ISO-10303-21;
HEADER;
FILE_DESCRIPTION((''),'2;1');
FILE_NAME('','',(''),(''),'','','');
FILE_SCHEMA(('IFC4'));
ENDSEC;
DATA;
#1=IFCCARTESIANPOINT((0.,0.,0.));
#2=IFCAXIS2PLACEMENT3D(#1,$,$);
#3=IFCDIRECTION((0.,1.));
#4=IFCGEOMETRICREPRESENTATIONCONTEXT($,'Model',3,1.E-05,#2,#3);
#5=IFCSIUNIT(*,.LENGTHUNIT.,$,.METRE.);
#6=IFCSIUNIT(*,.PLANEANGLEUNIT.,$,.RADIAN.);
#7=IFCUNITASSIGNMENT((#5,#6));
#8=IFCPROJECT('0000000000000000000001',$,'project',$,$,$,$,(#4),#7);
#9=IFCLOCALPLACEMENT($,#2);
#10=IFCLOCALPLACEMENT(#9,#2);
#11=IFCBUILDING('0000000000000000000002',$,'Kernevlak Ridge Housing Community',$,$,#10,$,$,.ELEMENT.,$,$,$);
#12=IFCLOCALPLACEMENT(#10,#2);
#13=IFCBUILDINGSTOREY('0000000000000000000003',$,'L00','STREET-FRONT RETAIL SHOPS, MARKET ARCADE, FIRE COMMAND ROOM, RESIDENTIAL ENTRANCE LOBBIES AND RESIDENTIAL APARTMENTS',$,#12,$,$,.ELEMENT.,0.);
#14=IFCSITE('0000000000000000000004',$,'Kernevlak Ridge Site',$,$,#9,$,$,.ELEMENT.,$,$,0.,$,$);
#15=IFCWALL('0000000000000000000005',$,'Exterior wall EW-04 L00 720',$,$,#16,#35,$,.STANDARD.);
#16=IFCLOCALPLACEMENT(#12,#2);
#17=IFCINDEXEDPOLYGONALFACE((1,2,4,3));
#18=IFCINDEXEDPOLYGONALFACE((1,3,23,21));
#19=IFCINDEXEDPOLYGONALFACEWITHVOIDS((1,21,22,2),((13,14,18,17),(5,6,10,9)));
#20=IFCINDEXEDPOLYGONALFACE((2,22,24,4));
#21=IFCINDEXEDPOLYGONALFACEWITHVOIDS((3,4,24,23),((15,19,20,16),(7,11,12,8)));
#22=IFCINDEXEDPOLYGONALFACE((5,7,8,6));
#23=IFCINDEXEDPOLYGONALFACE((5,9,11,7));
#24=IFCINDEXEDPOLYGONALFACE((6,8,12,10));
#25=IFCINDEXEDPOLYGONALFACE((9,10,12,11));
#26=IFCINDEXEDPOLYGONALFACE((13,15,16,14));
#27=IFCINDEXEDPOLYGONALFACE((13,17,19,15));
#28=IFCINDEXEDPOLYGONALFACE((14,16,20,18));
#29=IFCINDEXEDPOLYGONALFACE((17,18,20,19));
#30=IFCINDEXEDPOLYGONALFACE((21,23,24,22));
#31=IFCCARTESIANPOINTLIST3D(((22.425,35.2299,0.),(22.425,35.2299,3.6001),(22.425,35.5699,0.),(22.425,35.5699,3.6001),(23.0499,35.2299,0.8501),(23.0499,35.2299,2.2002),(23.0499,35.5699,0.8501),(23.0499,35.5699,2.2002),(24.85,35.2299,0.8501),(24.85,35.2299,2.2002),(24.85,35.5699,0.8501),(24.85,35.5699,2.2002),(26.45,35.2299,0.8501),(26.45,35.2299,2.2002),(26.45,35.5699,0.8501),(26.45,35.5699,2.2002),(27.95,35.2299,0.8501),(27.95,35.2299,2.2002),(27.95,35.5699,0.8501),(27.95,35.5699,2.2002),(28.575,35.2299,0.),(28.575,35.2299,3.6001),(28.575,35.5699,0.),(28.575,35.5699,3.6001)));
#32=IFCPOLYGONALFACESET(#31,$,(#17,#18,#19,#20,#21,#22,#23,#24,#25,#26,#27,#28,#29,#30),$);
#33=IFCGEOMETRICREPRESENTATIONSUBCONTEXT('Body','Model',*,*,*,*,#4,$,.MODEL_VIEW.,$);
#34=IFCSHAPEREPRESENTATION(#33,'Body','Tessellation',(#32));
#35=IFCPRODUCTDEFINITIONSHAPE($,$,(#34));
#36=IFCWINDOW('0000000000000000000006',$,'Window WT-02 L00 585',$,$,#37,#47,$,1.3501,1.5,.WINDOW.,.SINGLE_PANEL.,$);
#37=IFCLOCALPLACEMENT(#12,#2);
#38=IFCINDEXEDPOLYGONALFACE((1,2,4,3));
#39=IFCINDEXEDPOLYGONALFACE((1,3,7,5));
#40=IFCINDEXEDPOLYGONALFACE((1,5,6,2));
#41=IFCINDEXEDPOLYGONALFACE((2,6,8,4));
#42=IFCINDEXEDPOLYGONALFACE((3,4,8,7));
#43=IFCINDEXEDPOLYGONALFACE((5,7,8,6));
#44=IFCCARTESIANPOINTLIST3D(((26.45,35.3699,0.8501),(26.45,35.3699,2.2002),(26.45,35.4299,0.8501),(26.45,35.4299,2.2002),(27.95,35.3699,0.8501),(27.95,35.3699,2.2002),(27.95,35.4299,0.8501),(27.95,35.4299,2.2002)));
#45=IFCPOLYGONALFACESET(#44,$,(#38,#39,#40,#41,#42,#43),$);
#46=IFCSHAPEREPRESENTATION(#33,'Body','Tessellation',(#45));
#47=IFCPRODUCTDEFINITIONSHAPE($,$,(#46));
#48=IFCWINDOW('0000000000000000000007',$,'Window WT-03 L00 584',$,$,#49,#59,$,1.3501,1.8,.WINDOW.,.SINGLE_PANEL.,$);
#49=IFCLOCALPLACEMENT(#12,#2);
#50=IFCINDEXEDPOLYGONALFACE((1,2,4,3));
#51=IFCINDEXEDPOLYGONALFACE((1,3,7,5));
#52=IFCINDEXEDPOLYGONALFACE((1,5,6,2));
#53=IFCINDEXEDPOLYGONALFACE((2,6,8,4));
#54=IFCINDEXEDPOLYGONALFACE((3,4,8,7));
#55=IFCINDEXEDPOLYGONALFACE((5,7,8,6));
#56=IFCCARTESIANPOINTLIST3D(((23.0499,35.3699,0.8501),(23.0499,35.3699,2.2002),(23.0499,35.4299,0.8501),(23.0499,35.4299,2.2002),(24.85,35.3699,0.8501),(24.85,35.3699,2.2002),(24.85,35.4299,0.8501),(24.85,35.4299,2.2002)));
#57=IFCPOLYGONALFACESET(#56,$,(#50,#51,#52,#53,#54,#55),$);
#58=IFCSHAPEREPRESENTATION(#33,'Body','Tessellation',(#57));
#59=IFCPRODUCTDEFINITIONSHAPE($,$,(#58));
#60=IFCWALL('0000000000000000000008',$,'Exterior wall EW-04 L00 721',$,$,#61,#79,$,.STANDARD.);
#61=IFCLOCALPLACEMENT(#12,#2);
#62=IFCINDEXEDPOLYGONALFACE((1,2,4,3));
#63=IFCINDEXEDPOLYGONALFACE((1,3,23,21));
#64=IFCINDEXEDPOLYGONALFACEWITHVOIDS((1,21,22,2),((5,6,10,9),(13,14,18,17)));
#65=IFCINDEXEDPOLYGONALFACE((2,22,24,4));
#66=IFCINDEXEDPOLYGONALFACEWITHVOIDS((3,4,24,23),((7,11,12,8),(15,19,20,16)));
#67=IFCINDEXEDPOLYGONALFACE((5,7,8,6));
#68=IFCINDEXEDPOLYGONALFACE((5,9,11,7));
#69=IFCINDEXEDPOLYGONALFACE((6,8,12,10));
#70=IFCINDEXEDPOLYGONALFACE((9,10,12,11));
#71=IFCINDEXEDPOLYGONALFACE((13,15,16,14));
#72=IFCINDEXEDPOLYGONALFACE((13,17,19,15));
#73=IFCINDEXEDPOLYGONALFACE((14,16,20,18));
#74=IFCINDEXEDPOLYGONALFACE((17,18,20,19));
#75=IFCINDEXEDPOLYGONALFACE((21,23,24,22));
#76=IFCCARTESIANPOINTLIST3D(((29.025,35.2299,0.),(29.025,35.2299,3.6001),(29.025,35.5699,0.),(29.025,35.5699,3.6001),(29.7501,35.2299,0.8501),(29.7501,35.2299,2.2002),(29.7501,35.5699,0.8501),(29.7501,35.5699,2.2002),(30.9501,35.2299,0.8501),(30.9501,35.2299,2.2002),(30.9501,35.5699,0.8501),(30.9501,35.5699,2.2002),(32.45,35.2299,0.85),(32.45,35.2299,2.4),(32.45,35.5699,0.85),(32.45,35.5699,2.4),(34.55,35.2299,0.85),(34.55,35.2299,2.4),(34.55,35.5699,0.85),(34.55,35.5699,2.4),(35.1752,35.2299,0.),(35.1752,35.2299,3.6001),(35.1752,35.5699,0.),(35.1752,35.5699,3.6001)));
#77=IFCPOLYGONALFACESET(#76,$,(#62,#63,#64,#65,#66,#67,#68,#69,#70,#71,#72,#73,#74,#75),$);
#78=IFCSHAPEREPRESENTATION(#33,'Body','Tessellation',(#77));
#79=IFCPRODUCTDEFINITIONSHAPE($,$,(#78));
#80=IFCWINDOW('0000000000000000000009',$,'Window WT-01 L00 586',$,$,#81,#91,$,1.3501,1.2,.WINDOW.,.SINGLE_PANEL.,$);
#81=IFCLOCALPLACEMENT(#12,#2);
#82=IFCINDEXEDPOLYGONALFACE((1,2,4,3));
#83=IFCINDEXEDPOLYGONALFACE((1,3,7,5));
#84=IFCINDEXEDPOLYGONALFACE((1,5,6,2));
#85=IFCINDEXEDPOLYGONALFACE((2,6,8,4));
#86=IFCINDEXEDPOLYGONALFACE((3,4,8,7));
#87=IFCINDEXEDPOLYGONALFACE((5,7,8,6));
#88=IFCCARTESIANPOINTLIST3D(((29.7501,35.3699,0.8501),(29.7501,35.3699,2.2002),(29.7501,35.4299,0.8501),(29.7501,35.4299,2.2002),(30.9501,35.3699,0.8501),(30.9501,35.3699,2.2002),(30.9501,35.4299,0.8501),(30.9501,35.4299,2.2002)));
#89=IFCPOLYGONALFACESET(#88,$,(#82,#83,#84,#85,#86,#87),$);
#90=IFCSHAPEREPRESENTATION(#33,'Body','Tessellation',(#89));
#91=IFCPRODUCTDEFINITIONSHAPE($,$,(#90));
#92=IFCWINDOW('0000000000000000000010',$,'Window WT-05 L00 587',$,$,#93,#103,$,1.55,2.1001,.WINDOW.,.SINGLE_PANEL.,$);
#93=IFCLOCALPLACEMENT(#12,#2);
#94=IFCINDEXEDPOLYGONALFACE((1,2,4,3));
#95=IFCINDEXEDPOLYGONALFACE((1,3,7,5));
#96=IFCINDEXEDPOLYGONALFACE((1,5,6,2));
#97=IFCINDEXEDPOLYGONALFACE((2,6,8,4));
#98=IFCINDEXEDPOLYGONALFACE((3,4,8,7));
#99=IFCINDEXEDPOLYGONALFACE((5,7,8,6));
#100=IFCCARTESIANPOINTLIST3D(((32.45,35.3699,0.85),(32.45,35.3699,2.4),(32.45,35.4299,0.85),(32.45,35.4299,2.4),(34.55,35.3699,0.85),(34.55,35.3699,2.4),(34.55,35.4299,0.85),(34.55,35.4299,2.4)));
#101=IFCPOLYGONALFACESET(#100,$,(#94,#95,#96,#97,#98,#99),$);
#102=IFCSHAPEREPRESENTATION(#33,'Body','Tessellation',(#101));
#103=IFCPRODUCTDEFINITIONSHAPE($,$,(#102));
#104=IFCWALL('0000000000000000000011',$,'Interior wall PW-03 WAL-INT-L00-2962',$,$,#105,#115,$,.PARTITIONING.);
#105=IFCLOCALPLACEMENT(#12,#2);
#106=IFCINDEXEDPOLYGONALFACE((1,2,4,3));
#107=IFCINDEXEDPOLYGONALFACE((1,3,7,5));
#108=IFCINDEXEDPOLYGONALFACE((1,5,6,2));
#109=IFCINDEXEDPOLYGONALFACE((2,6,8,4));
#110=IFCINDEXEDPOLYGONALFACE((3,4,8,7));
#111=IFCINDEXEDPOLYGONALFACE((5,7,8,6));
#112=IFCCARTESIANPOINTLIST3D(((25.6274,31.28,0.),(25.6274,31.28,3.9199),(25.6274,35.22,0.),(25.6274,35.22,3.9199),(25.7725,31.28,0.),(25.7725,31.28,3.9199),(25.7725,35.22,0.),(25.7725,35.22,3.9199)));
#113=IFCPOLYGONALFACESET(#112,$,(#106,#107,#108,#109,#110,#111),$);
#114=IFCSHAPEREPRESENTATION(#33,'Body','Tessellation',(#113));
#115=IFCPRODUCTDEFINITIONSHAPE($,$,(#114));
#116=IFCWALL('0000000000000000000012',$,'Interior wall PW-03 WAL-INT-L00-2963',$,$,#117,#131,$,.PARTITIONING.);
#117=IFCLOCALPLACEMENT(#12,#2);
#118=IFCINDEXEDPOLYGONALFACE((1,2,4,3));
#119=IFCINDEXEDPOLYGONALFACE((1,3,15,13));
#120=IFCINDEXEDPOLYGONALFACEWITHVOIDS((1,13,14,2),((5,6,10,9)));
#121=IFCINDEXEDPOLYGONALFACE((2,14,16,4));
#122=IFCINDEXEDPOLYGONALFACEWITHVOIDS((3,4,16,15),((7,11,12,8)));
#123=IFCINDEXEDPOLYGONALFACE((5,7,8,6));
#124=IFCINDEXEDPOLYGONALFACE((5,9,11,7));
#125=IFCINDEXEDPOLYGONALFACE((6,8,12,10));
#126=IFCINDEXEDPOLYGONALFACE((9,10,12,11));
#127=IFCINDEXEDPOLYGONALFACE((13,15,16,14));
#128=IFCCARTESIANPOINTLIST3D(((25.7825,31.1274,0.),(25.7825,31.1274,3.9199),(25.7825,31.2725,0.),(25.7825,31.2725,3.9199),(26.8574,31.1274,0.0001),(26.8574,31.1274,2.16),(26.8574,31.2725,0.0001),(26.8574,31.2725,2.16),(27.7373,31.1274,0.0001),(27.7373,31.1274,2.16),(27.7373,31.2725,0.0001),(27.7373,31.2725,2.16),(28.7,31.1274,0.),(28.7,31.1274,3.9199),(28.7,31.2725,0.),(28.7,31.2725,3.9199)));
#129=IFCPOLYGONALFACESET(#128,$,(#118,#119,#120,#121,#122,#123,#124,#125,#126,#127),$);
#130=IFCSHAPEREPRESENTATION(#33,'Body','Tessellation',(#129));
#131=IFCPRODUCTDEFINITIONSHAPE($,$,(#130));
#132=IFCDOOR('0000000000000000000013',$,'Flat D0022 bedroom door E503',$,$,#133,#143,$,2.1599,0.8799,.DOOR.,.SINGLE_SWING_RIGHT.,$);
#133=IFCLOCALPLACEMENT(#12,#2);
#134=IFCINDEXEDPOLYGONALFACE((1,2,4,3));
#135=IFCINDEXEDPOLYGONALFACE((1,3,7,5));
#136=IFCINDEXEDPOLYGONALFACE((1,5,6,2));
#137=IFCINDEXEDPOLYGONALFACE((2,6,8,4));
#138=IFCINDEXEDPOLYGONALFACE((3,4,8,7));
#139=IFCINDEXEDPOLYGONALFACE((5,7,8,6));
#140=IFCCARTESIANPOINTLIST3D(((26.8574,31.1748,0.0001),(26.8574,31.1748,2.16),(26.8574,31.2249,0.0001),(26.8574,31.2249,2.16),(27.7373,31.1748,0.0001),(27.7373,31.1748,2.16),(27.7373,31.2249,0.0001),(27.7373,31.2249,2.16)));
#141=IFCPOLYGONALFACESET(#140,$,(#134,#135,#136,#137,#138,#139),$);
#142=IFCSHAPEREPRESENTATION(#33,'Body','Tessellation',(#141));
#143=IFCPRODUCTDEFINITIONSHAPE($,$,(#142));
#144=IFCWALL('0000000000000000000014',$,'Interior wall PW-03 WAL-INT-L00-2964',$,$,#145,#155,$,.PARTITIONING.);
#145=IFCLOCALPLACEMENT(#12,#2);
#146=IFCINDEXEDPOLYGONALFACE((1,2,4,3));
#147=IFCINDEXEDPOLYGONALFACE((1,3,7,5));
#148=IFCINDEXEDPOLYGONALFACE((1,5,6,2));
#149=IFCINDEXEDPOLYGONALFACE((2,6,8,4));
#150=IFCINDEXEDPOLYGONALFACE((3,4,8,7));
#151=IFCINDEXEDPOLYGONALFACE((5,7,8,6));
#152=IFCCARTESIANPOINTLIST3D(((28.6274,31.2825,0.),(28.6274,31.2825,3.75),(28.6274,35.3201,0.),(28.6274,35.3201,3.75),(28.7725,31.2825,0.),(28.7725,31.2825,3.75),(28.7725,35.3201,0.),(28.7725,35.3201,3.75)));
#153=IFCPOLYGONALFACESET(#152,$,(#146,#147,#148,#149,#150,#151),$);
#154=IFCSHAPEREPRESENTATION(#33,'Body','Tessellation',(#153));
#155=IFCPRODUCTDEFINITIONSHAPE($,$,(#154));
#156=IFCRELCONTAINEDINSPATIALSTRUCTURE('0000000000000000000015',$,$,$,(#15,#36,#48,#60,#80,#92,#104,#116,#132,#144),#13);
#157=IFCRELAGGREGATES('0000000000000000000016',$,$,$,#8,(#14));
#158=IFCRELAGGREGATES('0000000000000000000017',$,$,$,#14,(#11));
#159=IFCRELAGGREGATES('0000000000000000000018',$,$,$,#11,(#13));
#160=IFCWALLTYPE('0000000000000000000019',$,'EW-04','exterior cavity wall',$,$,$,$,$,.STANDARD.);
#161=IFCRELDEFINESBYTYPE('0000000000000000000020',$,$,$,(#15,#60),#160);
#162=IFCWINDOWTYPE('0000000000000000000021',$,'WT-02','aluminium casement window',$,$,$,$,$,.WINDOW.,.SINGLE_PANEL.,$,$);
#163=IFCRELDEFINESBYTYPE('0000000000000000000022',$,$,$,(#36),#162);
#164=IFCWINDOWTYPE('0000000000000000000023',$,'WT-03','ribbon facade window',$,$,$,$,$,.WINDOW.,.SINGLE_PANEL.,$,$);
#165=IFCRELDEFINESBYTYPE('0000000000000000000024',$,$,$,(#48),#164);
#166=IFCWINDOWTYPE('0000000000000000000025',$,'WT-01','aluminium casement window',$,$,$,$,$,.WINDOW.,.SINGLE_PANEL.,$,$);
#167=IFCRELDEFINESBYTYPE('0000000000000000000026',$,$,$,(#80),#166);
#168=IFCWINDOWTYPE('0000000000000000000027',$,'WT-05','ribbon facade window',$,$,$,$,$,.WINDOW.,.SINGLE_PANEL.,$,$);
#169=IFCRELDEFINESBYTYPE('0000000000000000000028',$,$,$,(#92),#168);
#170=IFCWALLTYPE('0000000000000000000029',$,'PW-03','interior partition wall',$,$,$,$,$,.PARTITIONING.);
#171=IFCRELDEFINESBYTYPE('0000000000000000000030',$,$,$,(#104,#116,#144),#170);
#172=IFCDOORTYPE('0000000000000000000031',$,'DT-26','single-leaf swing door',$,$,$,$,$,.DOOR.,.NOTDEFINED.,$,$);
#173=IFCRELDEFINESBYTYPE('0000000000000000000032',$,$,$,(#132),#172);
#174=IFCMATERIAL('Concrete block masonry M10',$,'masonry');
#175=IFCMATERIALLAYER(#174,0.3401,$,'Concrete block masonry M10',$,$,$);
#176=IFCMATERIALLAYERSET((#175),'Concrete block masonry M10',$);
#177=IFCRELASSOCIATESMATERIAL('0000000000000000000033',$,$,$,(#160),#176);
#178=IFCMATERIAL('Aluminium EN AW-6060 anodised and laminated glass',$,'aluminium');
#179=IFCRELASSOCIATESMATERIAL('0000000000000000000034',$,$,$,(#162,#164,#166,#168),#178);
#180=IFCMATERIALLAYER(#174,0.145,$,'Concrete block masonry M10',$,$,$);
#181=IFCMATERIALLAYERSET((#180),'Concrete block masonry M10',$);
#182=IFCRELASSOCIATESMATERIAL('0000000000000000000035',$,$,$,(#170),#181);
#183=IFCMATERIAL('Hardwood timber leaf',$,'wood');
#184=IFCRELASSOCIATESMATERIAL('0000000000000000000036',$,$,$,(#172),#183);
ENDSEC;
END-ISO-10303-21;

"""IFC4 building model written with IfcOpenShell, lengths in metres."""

from ifc_helpers import new_model, si_unit, direction, frame, frame_2d, origin, place, context, subcontext, project, spatial, rectangle, extrude, material, layer, layer_set, type_object, element, fill, save


model = new_model("IFC4")

# Units and contexts
model_context = context("Model", 3, precision=1e-05, world=origin(), true_north=direction((0.0, 1.0)))
body_context = subcontext(model_context, "Body", "Model", "MODEL_VIEW")
ifc_project = project(units=[si_unit("LENGTHUNIT", "METRE"), si_unit("PLANEANGLEUNIT", "RADIAN")], contexts=[model_context])

# Site, building, storey
site_placement = place(None, origin())
site = spatial("IfcSite", under=ifc_project, at=site_placement, Name="Kernevlak Ridge Site", CompositionType="ELEMENT", RefElevation=0.0)
building_placement = place(site_placement, origin())
building = spatial("IfcBuilding", under=site, at=building_placement, Name="Kernevlak Ridge Housing Community", CompositionType="ELEMENT")
storey_placement = place(building_placement, origin())
storey = spatial("IfcBuildingStorey", under=building, at=storey_placement, Name="L00", Description="STREET-FRONT RETAIL SHOPS, MARKET ARCADE, FIRE COMMAND ROOM, RESIDENTIAL ENTRANCE LOBBIES AND RESIDENTIAL APARTMENTS", CompositionType="ELEMENT", Elevation=0.0)

# Walls, openings, windows
ifc_material_1 = material(Name="Concrete block masonry M10", Category="masonry")
ifc_layer_1 = layer(ifc_material_1, 0.3401, Name="Concrete block masonry M10")
ifc_layer_set_1 = layer_set([ifc_layer_1], Name="Concrete block masonry M10")
wall_type_1 = type_object("IfcWallType", Name="EW-04", Description="exterior cavity wall", PredefinedType="STANDARD", material=ifc_layer_set_1)
wall_1_placement = place(storey_placement, frame((22.425, 35.3999, 0.0), z_axis=(0.0, 0.0, 1.0), x_axis=(1.0, 0.0, 0.0)))
wall_1 = element("IfcWall", 1, at=wall_1_placement, inside=storey, type_object=wall_type_1, Name="Exterior wall EW-04 L00 720", PredefinedType="STANDARD", context=body_context, shape_type="SweptSolid", body=[
    extrude(rectangle(XDim=6.1499, YDim=0.3401, at=frame_2d((3.075, 0.0))), origin(), (0.0, 0.0, 1.0), 3.6001),
])
opening_1_placement = place(wall_1_placement, frame((0.625, 0.0, 0.8501)))
opening_1 = element("IfcOpeningElement", 2, at=opening_1_placement, cuts=wall_1, PredefinedType="OPENING", context=body_context, shape_type="SweptSolid", body=[
    extrude(rectangle(XDim=1.8, YDim=1.3501, at=frame_2d((0.8999, 0.675))), frame((0.0, 0.1799, 0.0), z_axis=(0.0, -1.0, 0.0), x_axis=(1.0, 0.0, 0.0)), (0.0, 0.0, 1.0), 0.3601),
])
opening_2_placement = place(wall_1_placement, frame((4.0249, 0.0, 0.8501)))
opening_2 = element("IfcOpeningElement", 3, at=opening_2_placement, cuts=wall_1, PredefinedType="OPENING", context=body_context, shape_type="SweptSolid", body=[
    extrude(rectangle(XDim=1.5, YDim=1.3501, at=frame_2d((0.75, 0.675))), frame((0.0, 0.1799, 0.0), z_axis=(0.0, -1.0, 0.0), x_axis=(1.0, 0.0, 0.0)), (0.0, 0.0, 1.0), 0.3601),
])
ifc_material_2 = material(Name="Aluminium EN AW-6060 anodised and laminated glass", Category="aluminium")
window_type_1 = type_object("IfcWindowType", Name="WT-02", Description="aluminium casement window", PartitioningType="SINGLE_PANEL", PredefinedType="WINDOW", material=ifc_material_2)
window_1_placement = place(opening_2_placement, origin())
window_1 = element("IfcWindow", 4, at=window_1_placement, inside=storey, type_object=window_type_1, Name="Window WT-02 L00 585", OverallHeight=1.3501, OverallWidth=1.5, PartitioningType="SINGLE_PANEL", PredefinedType="WINDOW", context=body_context, shape_type="SweptSolid", body=[
    extrude(rectangle(XDim=1.5, YDim=1.3501, at=frame_2d((0.75, 0.675))), frame((0.0, 0.03, 0.0), z_axis=(0.0, -1.0, 0.0), x_axis=(1.0, 0.0, 0.0)), (0.0, 0.0, 1.0), 0.0601),
])
fill(opening_2, window_1)
window_type_2 = type_object("IfcWindowType", Name="WT-03", Description="ribbon facade window", PartitioningType="SINGLE_PANEL", PredefinedType="WINDOW", material=ifc_material_2)
window_2_placement = place(opening_1_placement, origin())
window_2 = element("IfcWindow", 5, at=window_2_placement, inside=storey, type_object=window_type_2, Name="Window WT-03 L00 584", OverallHeight=1.3501, OverallWidth=1.8, PartitioningType="SINGLE_PANEL", PredefinedType="WINDOW", context=body_context, shape_type="SweptSolid", body=[
    extrude(rectangle(XDim=1.8, YDim=1.3501, at=frame_2d((0.8999, 0.675))), frame((0.0, 0.03, 0.0), z_axis=(0.0, -1.0, 0.0), x_axis=(1.0, 0.0, 0.0)), (0.0, 0.0, 1.0), 0.0601),
])
fill(opening_1, window_2)
wall_2_placement = place(storey_placement, frame((29.0249, 35.3999, 0.0), z_axis=(0.0, 0.0, 1.0), x_axis=(1.0, 0.0, 0.0)))
wall_2 = element("IfcWall", 6, at=wall_2_placement, inside=storey, type_object=wall_type_1, Name="Exterior wall EW-04 L00 721", PredefinedType="STANDARD", context=body_context, shape_type="SweptSolid", body=[
    extrude(rectangle(XDim=6.1501, YDim=0.3401, at=frame_2d((3.0752, 0.0))), origin(), (0.0, 0.0, 1.0), 3.6001),
])
opening_3_placement = place(wall_2_placement, frame((0.7251, 0.0, 0.8501)))
opening_3 = element("IfcOpeningElement", 7, at=opening_3_placement, cuts=wall_2, PredefinedType="OPENING", context=body_context, shape_type="SweptSolid", body=[
    extrude(rectangle(XDim=1.2, YDim=1.3501, at=frame_2d((0.6001, 0.675))), frame((0.0, 0.1799, 0.0), z_axis=(0.0, -1.0, 0.0), x_axis=(1.0, 0.0, 0.0)), (0.0, 0.0, 1.0), 0.3601),
])
opening_4_placement = place(wall_2_placement, frame((3.425, 0.0, 0.8501)))
opening_4 = element("IfcOpeningElement", 8, at=opening_4_placement, cuts=wall_2, PredefinedType="OPENING", context=body_context, shape_type="SweptSolid", body=[
    extrude(rectangle(XDim=2.1001, YDim=1.55, at=frame_2d((1.05, 0.7749))), frame((0.0, 0.1799, 0.0), z_axis=(0.0, -1.0, 0.0), x_axis=(1.0, 0.0, 0.0)), (0.0, 0.0, 1.0), 0.3601),
])
window_type_3 = type_object("IfcWindowType", Name="WT-01", Description="aluminium casement window", PartitioningType="SINGLE_PANEL", PredefinedType="WINDOW", material=ifc_material_2)
window_3_placement = place(opening_3_placement, origin())
window_3 = element("IfcWindow", 9, at=window_3_placement, inside=storey, type_object=window_type_3, Name="Window WT-01 L00 586", OverallHeight=1.3501, OverallWidth=1.2, PartitioningType="SINGLE_PANEL", PredefinedType="WINDOW", context=body_context, shape_type="SweptSolid", body=[
    extrude(rectangle(XDim=1.2, YDim=1.3501, at=frame_2d((0.6001, 0.675))), frame((0.0, 0.03, 0.0), z_axis=(0.0, -1.0, 0.0), x_axis=(1.0, 0.0, 0.0)), (0.0, 0.0, 1.0), 0.0601),
])
fill(opening_3, window_3)
window_type_4 = type_object("IfcWindowType", Name="WT-05", Description="ribbon facade window", PartitioningType="SINGLE_PANEL", PredefinedType="WINDOW", material=ifc_material_2)
window_4_placement = place(opening_4_placement, origin())
window_4 = element("IfcWindow", 10, at=window_4_placement, inside=storey, type_object=window_type_4, Name="Window WT-05 L00 587", OverallHeight=1.55, OverallWidth=2.1001, PartitioningType="SINGLE_PANEL", PredefinedType="WINDOW", context=body_context, shape_type="SweptSolid", body=[
    extrude(rectangle(XDim=2.1001, YDim=1.55, at=frame_2d((1.05, 0.7749))), frame((0.0, 0.03, 0.0), z_axis=(0.0, -1.0, 0.0), x_axis=(1.0, 0.0, 0.0)), (0.0, 0.0, 1.0), 0.0601),
])
fill(opening_4, window_4)

# Wall
ifc_layer_2 = layer(ifc_material_1, 0.145, Name="Concrete block masonry M10")
ifc_layer_set_2 = layer_set([ifc_layer_2], Name="Concrete block masonry M10")
wall_type_2 = type_object("IfcWallType", Name="PW-03", Description="interior partition wall", PredefinedType="PARTITIONING", material=ifc_layer_set_2)
wall_3_placement = place(storey_placement, frame((25.7, 31.28, 0.0), z_axis=(0.0, 0.0, 1.0), x_axis=(0.0, 1.0, 0.0)))
element("IfcWall", 11, at=wall_3_placement, inside=storey, type_object=wall_type_2, Name="Interior wall PW-03 WAL-INT-L00-2962", PredefinedType="PARTITIONING", context=body_context, shape_type="SweptSolid", body=[
    extrude(rectangle(XDim=3.9399, YDim=0.145, at=frame_2d((1.97, 0.0))), origin(), (0.0, 0.0, 1.0), 3.9199),
])

# Wall, opening, door
wall_4_placement = place(storey_placement, frame((25.7825, 31.2, 0.0), z_axis=(0.0, 0.0, 1.0), x_axis=(1.0, 0.0, 0.0)))
wall_4 = element("IfcWall", 12, at=wall_4_placement, inside=storey, type_object=wall_type_2, Name="Interior wall PW-03 WAL-INT-L00-2963", PredefinedType="PARTITIONING", context=body_context, shape_type="SweptSolid", body=[
    extrude(rectangle(XDim=2.9175, YDim=0.145, at=frame_2d((1.4587, 0.0))), origin(), (0.0, 0.0, 1.0), 3.9199),
])
opening_5_placement = place(wall_4_placement, frame((1.075, 0.0, 0.0)))
opening_5 = element("IfcOpeningElement", 13, at=opening_5_placement, cuts=wall_4, PredefinedType="OPENING", context=body_context, shape_type="SweptSolid", body=[
    extrude(rectangle(XDim=0.8799, YDim=2.1599, at=frame_2d((0.4399, 1.0801))), frame((0.0, 0.0825, 0.0), z_axis=(0.0, -1.0, 0.0), x_axis=(1.0, 0.0, 0.0)), (0.0, 0.0, 1.0), 0.165),
])
ifc_material_3 = material(Name="Hardwood timber leaf", Category="wood")
door_type_1 = type_object("IfcDoorType", Name="DT-26", Description="single-leaf swing door", OperationType="NOTDEFINED", PredefinedType="DOOR", material=ifc_material_3)
door_1_placement = place(opening_5_placement, origin())
door_1 = element("IfcDoor", 14, at=door_1_placement, inside=storey, type_object=door_type_1, Name="Flat D0022 bedroom door E503", OperationType="SINGLE_SWING_RIGHT", OverallHeight=2.1599, OverallWidth=0.8799, PredefinedType="DOOR", context=body_context, shape_type="SweptSolid", body=[
    extrude(rectangle(XDim=0.8799, YDim=2.1599, at=frame_2d((0.4399, 1.0801))), frame((0.0, 0.0249, 0.0), z_axis=(0.0, -1.0, 0.0), x_axis=(1.0, 0.0, 0.0)), (0.0, 0.0, 1.0), 0.05),
])
fill(opening_5, door_1)

# Wall
wall_5_placement = place(storey_placement, frame((28.7, 31.2825, 0.0), z_axis=(0.0, 0.0, 1.0), x_axis=(0.0, 1.0, 0.0)))
element("IfcWall", 15, at=wall_5_placement, inside=storey, type_object=wall_type_2, Name="Interior wall PW-03 WAL-INT-L00-2964", PredefinedType="PARTITIONING", context=body_context, shape_type="SweptSolid", body=[
    extrude(rectangle(XDim=4.0376, YDim=0.145, at=frame_2d((2.0188, 0.0))), origin(), (0.0, 0.0, 1.0), 3.75),
])

save(model, "model.ifc")
